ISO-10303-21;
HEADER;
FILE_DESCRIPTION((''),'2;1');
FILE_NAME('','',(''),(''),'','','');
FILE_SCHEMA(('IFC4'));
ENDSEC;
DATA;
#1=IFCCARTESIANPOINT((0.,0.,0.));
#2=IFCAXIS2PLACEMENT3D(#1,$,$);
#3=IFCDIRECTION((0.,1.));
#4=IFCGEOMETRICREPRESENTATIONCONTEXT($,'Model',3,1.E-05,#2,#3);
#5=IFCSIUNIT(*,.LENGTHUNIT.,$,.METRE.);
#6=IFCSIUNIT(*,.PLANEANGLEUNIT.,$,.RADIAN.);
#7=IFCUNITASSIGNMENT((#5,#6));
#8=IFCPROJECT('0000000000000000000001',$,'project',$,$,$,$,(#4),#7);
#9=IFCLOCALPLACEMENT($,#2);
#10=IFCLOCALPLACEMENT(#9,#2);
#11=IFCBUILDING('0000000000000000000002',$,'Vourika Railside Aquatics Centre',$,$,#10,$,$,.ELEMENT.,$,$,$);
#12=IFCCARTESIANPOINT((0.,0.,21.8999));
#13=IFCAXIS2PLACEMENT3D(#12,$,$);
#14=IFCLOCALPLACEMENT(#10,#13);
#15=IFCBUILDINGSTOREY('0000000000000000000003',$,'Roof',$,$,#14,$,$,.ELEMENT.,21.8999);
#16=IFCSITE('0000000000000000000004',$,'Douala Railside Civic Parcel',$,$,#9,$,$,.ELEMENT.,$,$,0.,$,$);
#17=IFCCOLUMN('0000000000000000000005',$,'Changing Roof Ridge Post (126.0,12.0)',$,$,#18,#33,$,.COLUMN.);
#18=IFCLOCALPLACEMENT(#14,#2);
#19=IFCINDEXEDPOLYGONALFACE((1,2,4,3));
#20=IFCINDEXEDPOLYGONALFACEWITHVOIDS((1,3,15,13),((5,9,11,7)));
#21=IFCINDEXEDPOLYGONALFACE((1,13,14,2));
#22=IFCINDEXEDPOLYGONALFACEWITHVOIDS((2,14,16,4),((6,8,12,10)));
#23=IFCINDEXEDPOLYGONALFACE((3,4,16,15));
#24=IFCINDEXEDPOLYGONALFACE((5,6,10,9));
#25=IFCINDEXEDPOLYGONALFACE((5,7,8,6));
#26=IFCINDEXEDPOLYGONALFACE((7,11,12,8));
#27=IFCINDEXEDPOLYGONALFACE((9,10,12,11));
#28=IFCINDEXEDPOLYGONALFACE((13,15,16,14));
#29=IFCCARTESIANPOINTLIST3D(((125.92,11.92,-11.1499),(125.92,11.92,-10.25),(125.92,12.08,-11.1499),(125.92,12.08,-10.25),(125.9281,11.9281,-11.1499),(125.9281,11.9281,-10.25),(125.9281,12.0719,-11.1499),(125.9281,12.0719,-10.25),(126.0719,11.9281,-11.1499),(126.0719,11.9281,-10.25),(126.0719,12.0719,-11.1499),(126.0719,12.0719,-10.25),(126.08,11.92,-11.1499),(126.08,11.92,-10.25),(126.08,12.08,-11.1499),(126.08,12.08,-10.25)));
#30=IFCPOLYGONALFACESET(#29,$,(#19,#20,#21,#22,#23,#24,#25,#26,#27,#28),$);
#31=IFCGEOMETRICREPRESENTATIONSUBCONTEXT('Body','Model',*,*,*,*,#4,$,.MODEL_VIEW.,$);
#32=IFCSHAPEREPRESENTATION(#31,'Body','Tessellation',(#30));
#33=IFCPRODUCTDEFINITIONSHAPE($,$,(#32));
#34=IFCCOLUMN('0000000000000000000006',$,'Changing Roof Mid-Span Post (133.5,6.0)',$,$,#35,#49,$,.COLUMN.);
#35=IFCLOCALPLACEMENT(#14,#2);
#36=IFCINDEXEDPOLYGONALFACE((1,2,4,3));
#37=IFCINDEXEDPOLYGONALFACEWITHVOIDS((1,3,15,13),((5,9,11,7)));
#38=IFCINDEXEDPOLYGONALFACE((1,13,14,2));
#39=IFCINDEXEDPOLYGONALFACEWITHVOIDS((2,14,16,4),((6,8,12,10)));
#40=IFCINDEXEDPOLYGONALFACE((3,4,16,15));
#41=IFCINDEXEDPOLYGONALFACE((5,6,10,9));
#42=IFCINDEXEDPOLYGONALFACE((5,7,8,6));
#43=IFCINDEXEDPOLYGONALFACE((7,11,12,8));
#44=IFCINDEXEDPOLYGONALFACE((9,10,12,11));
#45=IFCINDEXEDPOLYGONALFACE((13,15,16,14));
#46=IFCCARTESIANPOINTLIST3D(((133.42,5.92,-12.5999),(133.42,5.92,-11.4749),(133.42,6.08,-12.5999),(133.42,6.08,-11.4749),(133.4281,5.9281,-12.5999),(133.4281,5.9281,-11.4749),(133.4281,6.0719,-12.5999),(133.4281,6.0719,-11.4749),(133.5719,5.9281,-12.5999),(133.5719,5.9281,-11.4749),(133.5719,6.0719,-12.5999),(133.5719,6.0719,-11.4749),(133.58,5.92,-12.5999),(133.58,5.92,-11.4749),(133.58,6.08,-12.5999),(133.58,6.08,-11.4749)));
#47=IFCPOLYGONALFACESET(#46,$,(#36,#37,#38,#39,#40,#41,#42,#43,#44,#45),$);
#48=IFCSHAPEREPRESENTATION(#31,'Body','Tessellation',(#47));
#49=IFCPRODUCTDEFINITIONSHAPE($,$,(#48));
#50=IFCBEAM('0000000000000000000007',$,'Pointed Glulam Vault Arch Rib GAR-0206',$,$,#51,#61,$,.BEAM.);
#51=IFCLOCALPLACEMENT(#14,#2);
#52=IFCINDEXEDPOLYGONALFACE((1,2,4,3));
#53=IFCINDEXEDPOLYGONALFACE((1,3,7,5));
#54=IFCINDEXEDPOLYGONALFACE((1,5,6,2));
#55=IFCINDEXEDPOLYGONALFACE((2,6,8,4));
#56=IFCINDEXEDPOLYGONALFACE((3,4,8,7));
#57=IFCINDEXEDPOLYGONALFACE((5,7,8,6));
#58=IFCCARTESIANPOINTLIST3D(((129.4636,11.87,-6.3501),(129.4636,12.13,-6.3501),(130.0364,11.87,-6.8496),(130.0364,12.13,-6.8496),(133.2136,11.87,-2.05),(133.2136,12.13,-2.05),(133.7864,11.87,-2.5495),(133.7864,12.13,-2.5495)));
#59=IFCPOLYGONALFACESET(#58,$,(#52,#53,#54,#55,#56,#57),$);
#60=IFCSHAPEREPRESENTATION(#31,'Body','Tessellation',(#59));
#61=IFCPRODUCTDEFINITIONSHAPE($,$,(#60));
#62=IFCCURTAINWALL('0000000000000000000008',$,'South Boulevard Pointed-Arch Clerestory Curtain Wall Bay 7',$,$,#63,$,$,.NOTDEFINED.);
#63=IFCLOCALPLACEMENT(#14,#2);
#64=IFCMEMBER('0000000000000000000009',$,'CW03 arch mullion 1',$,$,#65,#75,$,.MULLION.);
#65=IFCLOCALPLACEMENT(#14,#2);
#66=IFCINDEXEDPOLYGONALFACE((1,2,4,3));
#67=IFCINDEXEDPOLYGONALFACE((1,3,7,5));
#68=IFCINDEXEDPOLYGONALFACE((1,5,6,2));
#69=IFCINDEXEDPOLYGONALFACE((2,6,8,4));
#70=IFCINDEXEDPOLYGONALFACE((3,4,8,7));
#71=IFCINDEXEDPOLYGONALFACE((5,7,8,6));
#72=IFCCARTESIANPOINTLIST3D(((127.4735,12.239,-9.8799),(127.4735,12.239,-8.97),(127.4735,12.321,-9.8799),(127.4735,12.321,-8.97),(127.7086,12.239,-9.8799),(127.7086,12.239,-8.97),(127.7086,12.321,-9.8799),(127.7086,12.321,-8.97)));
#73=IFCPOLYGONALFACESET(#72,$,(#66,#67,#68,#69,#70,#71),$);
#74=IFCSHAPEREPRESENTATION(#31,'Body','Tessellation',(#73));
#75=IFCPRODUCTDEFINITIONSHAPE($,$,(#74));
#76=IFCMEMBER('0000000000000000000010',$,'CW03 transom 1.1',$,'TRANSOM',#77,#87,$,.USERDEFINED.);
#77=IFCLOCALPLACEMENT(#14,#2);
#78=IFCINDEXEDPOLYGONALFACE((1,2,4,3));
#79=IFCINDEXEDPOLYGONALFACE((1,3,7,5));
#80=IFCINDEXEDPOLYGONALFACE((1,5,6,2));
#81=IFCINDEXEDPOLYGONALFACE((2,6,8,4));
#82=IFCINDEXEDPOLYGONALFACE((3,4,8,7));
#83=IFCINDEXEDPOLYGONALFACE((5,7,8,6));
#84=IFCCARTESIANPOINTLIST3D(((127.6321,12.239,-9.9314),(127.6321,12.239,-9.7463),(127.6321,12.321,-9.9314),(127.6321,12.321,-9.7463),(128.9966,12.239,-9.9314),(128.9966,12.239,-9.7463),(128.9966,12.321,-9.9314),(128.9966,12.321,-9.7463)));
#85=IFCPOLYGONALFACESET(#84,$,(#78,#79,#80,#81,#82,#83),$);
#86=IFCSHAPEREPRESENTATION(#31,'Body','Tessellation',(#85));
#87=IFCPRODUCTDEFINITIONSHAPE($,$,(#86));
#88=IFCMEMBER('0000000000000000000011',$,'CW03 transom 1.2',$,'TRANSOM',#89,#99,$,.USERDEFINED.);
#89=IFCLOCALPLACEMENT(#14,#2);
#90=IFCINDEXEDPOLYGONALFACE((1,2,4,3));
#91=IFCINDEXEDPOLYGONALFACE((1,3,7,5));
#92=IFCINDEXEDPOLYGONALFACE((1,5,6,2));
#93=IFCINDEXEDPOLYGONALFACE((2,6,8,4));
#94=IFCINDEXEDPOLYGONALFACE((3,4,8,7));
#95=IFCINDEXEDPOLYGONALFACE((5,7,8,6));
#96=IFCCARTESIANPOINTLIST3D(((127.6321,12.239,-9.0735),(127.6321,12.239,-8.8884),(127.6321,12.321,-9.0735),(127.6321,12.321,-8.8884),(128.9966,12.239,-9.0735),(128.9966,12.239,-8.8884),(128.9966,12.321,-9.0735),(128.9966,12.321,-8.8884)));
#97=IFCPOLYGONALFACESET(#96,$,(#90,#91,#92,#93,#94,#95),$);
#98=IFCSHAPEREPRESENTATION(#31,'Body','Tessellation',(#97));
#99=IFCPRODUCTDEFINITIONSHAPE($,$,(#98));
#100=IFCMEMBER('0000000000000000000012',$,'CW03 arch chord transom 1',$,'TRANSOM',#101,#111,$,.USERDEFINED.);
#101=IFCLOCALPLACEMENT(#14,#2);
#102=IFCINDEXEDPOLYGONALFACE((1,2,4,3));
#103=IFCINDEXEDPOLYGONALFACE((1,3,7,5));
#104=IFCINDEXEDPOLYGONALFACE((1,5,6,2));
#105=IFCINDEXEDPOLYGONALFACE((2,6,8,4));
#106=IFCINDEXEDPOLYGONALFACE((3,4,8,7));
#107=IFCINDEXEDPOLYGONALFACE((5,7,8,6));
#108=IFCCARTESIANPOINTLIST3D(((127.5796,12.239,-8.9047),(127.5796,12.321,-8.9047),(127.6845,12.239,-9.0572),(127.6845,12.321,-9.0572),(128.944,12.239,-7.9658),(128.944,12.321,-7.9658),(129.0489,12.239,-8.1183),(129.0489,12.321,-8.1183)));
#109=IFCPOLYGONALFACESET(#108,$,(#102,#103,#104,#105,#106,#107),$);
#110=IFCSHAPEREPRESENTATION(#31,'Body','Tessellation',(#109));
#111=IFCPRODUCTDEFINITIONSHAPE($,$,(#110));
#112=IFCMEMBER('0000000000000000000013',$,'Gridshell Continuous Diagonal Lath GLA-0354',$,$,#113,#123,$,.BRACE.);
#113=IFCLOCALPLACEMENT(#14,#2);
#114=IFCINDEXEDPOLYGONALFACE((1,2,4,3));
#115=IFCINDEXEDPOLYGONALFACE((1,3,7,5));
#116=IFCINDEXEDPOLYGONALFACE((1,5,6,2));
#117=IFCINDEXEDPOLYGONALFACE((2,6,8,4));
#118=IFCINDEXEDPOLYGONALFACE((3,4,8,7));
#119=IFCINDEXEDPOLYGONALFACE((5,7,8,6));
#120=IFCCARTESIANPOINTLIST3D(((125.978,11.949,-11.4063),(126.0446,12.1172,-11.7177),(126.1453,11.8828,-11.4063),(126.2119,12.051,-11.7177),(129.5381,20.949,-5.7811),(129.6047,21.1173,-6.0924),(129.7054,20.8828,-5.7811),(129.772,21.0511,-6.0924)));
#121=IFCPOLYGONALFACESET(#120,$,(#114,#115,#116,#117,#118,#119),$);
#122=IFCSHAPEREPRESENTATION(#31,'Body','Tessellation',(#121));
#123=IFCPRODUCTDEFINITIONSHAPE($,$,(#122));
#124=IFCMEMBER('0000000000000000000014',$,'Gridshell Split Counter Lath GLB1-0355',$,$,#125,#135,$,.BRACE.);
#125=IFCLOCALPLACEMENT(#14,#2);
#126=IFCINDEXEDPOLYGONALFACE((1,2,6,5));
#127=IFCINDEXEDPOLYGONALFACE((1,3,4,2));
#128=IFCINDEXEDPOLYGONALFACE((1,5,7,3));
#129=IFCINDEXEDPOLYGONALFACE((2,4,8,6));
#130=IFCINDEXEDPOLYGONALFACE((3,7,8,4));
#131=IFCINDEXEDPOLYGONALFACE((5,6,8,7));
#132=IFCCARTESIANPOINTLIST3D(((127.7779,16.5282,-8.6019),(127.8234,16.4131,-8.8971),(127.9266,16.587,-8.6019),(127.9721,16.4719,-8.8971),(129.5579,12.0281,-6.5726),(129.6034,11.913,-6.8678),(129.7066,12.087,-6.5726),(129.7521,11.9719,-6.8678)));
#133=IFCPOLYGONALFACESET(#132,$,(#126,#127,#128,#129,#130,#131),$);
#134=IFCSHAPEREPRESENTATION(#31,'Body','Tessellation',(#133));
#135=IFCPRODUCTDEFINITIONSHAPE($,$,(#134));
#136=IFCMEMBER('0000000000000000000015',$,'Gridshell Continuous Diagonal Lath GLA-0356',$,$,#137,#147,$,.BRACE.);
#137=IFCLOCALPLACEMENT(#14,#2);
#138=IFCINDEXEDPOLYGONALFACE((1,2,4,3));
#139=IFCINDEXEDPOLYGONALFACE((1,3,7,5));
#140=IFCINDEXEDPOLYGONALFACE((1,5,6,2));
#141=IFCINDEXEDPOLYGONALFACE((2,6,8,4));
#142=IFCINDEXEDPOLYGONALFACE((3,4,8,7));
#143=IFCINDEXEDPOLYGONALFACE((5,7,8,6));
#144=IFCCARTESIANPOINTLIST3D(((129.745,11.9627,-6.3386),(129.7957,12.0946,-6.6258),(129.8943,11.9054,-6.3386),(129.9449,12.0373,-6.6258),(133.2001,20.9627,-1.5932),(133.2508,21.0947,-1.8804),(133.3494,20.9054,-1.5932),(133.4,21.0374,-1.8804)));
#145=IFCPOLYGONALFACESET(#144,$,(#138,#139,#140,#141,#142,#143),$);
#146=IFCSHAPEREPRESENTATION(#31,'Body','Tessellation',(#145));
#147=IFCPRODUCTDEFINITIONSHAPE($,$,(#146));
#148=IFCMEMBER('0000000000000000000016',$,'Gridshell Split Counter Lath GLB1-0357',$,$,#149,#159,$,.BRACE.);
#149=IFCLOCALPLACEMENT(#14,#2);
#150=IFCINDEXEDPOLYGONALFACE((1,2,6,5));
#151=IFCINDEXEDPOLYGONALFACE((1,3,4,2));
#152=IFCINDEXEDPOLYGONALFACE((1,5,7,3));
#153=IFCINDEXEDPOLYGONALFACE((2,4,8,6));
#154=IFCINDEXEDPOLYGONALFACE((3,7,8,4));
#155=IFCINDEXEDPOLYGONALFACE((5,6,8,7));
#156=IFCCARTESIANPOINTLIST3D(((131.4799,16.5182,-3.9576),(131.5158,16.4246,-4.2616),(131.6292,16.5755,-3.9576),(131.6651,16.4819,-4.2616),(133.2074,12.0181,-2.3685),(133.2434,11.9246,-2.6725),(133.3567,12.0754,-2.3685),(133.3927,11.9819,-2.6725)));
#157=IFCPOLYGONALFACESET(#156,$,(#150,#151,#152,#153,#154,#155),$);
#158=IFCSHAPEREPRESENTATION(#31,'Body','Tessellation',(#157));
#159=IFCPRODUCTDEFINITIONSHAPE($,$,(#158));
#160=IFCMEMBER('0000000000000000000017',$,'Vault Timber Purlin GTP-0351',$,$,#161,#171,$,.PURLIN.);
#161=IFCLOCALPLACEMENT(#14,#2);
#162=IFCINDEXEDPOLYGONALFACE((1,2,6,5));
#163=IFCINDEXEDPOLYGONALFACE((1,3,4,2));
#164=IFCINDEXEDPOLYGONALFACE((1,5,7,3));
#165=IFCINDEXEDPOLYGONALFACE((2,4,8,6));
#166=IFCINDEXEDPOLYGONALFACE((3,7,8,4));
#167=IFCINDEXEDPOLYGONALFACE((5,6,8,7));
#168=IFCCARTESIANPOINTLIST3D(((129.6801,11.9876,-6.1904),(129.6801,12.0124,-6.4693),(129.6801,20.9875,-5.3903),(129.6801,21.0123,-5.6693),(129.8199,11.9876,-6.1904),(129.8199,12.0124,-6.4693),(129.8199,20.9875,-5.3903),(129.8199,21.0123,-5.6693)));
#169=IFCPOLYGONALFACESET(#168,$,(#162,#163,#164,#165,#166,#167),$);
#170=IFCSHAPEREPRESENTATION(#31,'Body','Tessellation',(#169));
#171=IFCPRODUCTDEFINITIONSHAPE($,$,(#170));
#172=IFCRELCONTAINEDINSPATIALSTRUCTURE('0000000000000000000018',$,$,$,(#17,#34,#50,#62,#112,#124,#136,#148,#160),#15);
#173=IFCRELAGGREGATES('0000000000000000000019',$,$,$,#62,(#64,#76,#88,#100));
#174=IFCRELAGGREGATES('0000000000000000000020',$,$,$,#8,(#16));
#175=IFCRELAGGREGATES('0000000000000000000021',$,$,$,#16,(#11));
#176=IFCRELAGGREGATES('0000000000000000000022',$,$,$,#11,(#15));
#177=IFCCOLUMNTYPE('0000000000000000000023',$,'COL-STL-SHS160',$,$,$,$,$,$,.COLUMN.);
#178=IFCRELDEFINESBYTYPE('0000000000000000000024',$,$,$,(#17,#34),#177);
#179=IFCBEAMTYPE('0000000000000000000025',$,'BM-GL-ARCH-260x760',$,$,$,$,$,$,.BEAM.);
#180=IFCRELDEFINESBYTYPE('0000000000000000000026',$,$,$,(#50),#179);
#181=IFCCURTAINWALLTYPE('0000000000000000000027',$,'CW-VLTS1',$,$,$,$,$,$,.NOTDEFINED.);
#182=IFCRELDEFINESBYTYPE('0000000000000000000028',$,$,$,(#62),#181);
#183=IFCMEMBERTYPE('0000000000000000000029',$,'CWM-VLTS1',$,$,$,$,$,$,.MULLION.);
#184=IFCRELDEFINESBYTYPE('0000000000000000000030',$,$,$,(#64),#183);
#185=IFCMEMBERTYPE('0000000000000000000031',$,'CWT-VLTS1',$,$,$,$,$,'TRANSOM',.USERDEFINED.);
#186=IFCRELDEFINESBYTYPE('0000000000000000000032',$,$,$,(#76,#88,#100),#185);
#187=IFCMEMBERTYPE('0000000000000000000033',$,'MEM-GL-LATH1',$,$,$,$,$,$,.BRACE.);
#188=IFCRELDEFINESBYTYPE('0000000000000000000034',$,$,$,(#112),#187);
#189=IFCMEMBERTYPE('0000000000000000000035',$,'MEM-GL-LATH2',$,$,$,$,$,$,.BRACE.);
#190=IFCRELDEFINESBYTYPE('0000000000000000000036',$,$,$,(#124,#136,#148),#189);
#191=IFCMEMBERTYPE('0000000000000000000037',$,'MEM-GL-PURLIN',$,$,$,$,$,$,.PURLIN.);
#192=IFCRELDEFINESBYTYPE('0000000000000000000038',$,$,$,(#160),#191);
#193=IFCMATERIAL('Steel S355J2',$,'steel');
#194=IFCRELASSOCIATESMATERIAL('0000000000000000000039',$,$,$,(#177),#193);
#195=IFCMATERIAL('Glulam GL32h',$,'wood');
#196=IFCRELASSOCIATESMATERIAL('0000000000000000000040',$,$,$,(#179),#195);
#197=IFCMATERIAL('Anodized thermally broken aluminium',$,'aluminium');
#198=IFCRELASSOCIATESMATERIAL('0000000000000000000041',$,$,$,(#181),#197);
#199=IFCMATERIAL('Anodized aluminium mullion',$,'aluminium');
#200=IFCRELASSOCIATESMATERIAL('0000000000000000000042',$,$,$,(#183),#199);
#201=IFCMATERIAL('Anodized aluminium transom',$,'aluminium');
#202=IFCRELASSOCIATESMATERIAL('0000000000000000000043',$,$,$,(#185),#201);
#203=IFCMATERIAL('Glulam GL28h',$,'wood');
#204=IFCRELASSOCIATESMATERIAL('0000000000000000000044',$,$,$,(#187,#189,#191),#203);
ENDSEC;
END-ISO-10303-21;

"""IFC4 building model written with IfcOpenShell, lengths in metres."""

from ifc_helpers import new_model, si_unit, direction, frame, origin, origin_2d, place, context, subcontext, project, spatial, rectangle, hollow_rectangle, extrude, material, material_profile, profile_set, type_object, element, aggregate, save


model = new_model("IFC4")

# Units and contexts
model_context = context("Model", 3, precision=1e-05, world=origin(), true_north=direction((0.0, 1.0)))
body_context = subcontext(model_context, "Body", "Model", "MODEL_VIEW")
ifc_project = project(units=[si_unit("LENGTHUNIT", "METRE"), si_unit("PLANEANGLEUNIT", "RADIAN")], contexts=[model_context])

# Site, building, storey
site_placement = place(None, origin())
site = spatial("IfcSite", under=ifc_project, at=site_placement, Name="Douala Railside Civic Parcel", CompositionType="ELEMENT", RefElevation=0.0)
building_placement = place(site_placement, origin())
building = spatial("IfcBuilding", under=site, at=building_placement, Name="Vourika Railside Aquatics Centre", CompositionType="ELEMENT")
storey_placement = place(building_placement, frame((0.0, 0.0, 21.8999)))
storey = spatial("IfcBuildingStorey", under=building, at=storey_placement, Name="Roof", CompositionType="ELEMENT", Elevation=21.8999)

# Columns
ifc_material_1 = material(Name="Steel S355J2", Category="steel")
ifc_material_profile_1 = material_profile(ifc_material_1, hollow_rectangle(XDim=0.1599, YDim=0.1599, WallThickness=0.0081, at=origin_2d()), Name="SHS 160x160x8")
ifc_profile_set_1 = profile_set([ifc_material_profile_1], Name="Steel S355J2")
column_type = type_object("IfcColumnType", Name="COL-STL-SHS160", PredefinedType="COLUMN", material=ifc_profile_set_1)
column_1_placement = place(storey_placement, frame((126.0, 12.0, -11.1499), z_axis=(0.0, 0.0, 1.0), x_axis=(1.0, 0.0, 0.0)))
element("IfcColumn", 1, at=column_1_placement, inside=storey, type_object=column_type, Name="Changing Roof Ridge Post (126.0,12.0)", PredefinedType="COLUMN", context=body_context, shape_type="SweptSolid", body=[
    extrude(hollow_rectangle(XDim=0.1599, YDim=0.1599, WallThickness=0.0081, at=origin_2d()), origin(), (0.0, 0.0, 1.0), 0.8999),
])
column_2_placement = place(storey_placement, frame((133.5, 6.0, -12.5999), z_axis=(0.0, 0.0, 1.0), x_axis=(1.0, 0.0, 0.0)))
element("IfcColumn", 2, at=column_2_placement, inside=storey, type_object=column_type, Name="Changing Roof Mid-Span Post (133.5,6.0)", PredefinedType="COLUMN", context=body_context, shape_type="SweptSolid", body=[
    extrude(hollow_rectangle(XDim=0.1599, YDim=0.1599, WallThickness=0.0081, at=origin_2d()), origin(), (0.0, 0.0, 1.0), 1.125),
])

# Beam
ifc_material_2 = material(Name="Glulam GL32h", Category="wood")
ifc_material_profile_2 = material_profile(ifc_material_2, rectangle(XDim=0.26, YDim=0.76, at=origin_2d()), Name="GL32h 260x760")
ifc_profile_set_2 = profile_set([ifc_material_profile_2], Name="Glulam GL32h")
beam_type = type_object("IfcBeamType", Name="BM-GL-ARCH-260x760", PredefinedType="BEAM", material=ifc_profile_set_2)
beam_placement = place(storey_placement, frame((129.75, 12.0, -6.5999), z_axis=(0.657259, 0.0, 0.753665), x_axis=(0.0, 1.0, 0.0)))
element("IfcBeam", 3, at=beam_placement, inside=storey, type_object=beam_type, Name="Pointed Glulam Vault Arch Rib GAR-0206", PredefinedType="BEAM", context=body_context, shape_type="SweptSolid", body=[
    extrude(rectangle(XDim=0.26, YDim=0.76, at=origin_2d()), origin(), (0.0, 0.0, 1.0), 5.7056),
])

# Curtain wall, members
ifc_material_3 = material(Name="Anodized thermally broken aluminium", Category="aluminium")
curtain_wall_type = type_object("IfcCurtainWallType", Name="CW-VLTS1", PredefinedType="NOTDEFINED", material=ifc_material_3)
curtain_wall_placement = place(storey_placement, origin())
curtain_wall = element("IfcCurtainWall", 4, at=curtain_wall_placement, inside=storey, type_object=curtain_wall_type, Name="South Boulevard Pointed-Arch Clerestory Curtain Wall Bay 7", PredefinedType="NOTDEFINED")
ifc_material_4 = material(Name="Anodized aluminium mullion", Category="aluminium")
ifc_material_profile_3 = material_profile(ifc_material_4, rectangle(XDim=0.082, YDim=0.2351, at=origin_2d()), Name="ALU-M 82x235")
ifc_profile_set_3 = profile_set([ifc_material_profile_3], Name="Anodized aluminium mullion")
member_type_1 = type_object("IfcMemberType", Name="CWM-VLTS1", PredefinedType="MULLION", material=ifc_profile_set_3)
member_1_placement = place(storey_placement, frame((127.5911, 12.28, -9.8799), z_axis=(0.0, 0.0, 1.0), x_axis=(0.0, 1.0, 0.0)))
member_1 = element("IfcMember", 5, at=member_1_placement, type_object=member_type_1, Name="CW03 arch mullion 1", PredefinedType="MULLION", context=body_context, shape_type="SweptSolid", body=[
    extrude(rectangle(XDim=0.082, YDim=0.2351, at=origin_2d()), origin(), (0.0, 0.0, 1.0), 0.9099),
])
ifc_material_5 = material(Name="Anodized aluminium transom", Category="aluminium")
ifc_material_profile_4 = material_profile(ifc_material_5, rectangle(XDim=0.082, YDim=0.1851, at=origin_2d()), Name="ALU-T 82x185")
ifc_profile_set_4 = profile_set([ifc_material_profile_4], Name="Anodized aluminium transom")
member_type_2 = type_object("IfcMemberType", Name="CWT-VLTS1", ElementType="TRANSOM", PredefinedType="USERDEFINED", material=ifc_profile_set_4)
member_2_placement = place(storey_placement, frame((127.6321, 12.28, -9.8389), z_axis=(1.0, 0.0, 0.0), x_axis=(0.0, 1.0, 0.0)))
member_2 = element("IfcMember", 6, at=member_2_placement, type_object=member_type_2, Name="CW03 transom 1.1", ObjectType="TRANSOM", PredefinedType="USERDEFINED", context=body_context, shape_type="SweptSolid", body=[
    extrude(rectangle(XDim=0.082, YDim=0.1851, at=origin_2d()), origin(), (0.0, 0.0, 1.0), 1.3645),
])
member_3_placement = place(storey_placement, frame((127.6321, 12.28, -8.981), z_axis=(1.0, 0.0, 0.0), x_axis=(0.0, 1.0, 0.0)))
member_3 = element("IfcMember", 7, at=member_3_placement, type_object=member_type_2, Name="CW03 transom 1.2", ObjectType="TRANSOM", PredefinedType="USERDEFINED", context=body_context, shape_type="SweptSolid", body=[
    extrude(rectangle(XDim=0.082, YDim=0.1851, at=origin_2d()), origin(), (0.0, 0.0, 1.0), 1.3645),
])
member_4_placement = place(storey_placement, frame((127.6321, 12.28, -8.981), z_axis=(0.823797, 0.0, 0.566885), x_axis=(0.0, 1.0, 0.0)))
member_4 = element("IfcMember", 8, at=member_4_placement, type_object=member_type_2, Name="CW03 arch chord transom 1", ObjectType="TRANSOM", PredefinedType="USERDEFINED", context=body_context, shape_type="SweptSolid", body=[
    extrude(rectangle(XDim=0.082, YDim=0.1851, at=origin_2d()), origin(), (0.0, 0.0, 1.0), 1.6562),
])

# Members
ifc_material_6 = material(Name="Glulam GL28h", Category="wood")
ifc_material_profile_5 = material_profile(ifc_material_6, rectangle(XDim=0.1799, YDim=0.3601, at=origin_2d()), Name="GL28h 180x360")
ifc_profile_set_5 = profile_set([ifc_material_profile_5], Name="Glulam GL28h")
member_type_3 = type_object("IfcMemberType", Name="MEM-GL-LATH1", PredefinedType="BRACE", material=ifc_profile_set_5)
member_5_placement = place(storey_placement, frame((126.095, 12.0, -11.562), z_axis=(0.318018, 0.803964, 0.5025), x_axis=(-0.929893, 0.36783, 0.0)))
element("IfcMember", 9, at=member_5_placement, inside=storey, type_object=member_type_3, Name="Gridshell Continuous Diagonal Lath GLA-0354", PredefinedType="BRACE", context=body_context, shape_type="SweptSolid", body=[
    extrude(rectangle(XDim=0.1799, YDim=0.3601, at=origin_2d()), origin(), (0.0, 0.0, 1.0), 11.1946),
])
ifc_material_profile_6 = material_profile(ifc_material_6, rectangle(XDim=0.1599, YDim=0.3201, at=origin_2d()), Name="GL28h 160x320")
ifc_profile_set_6 = profile_set([ifc_material_profile_6], Name="Glulam GL28h")
member_type_4 = type_object("IfcMemberType", Name="MEM-GL-LATH2", PredefinedType="BRACE", material=ifc_profile_set_6)
member_6_placement = place(storey_placement, frame((129.655, 12.0, -6.7202), z_axis=(-0.339213, 0.857547, -0.386715), x_axis=(-0.929893, -0.36783, 0.0)))
element("IfcMember", 10, at=member_6_placement, inside=storey, type_object=member_type_4, Name="Gridshell Split Counter Lath GLB1-0355", PredefinedType="BRACE", context=body_context, shape_type="SweptSolid", body=[
    extrude(rectangle(XDim=0.1599, YDim=0.3201, at=origin_2d()), origin(), (0.0, 0.0, 1.0), 5.2476),
])
member_7_placement = place(storey_placement, frame((129.845, 12.0, -6.4822), z_axis=(0.321551, 0.837595, 0.441632), x_axis=(-0.93357, 0.358395, 0.0)))
element("IfcMember", 11, at=member_7_placement, inside=storey, type_object=member_type_4, Name="Gridshell Continuous Diagonal Lath GLA-0356", PredefinedType="BRACE", context=body_context, shape_type="SweptSolid", body=[
    extrude(rectangle(XDim=0.1599, YDim=0.3201, at=origin_2d()), origin(), (0.0, 0.0, 1.0), 10.7451),
])
member_8_placement = place(storey_placement, frame((133.3, 12.0, -2.5205), z_axis=(-0.340375, 0.88663, -0.313101), x_axis=(-0.93357, -0.358395, 0.0)))
element("IfcMember", 12, at=member_8_placement, inside=storey, type_object=member_type_4, Name="Gridshell Split Counter Lath GLB1-0357", PredefinedType="BRACE", context=body_context, shape_type="SweptSolid", body=[
    extrude(rectangle(XDim=0.1599, YDim=0.3201, at=origin_2d()), origin(), (0.0, 0.0, 1.0), 5.0754),
])
ifc_material_profile_7 = material_profile(ifc_material_6, rectangle(XDim=0.1399, YDim=0.28, at=origin_2d()), Name="GL28h 140x280")
ifc_profile_set_7 = profile_set([ifc_material_profile_7], Name="Glulam GL28h")
member_type_5 = type_object("IfcMemberType", Name="MEM-GL-PURLIN", PredefinedType="PURLIN", material=ifc_profile_set_7)
member_9_placement = place(storey_placement, frame((129.75, 12.0, -6.3298), z_axis=(0.0, 0.996072, 0.088545), x_axis=(-1.0, 0.0, 0.0)))
element("IfcMember", 13, at=member_9_placement, inside=storey, type_object=member_type_5, Name="Vault Timber Purlin GTP-0351", PredefinedType="PURLIN", context=body_context, shape_type="SweptSolid", body=[
    extrude(rectangle(XDim=0.1399, YDim=0.28, at=origin_2d()), origin(), (0.0, 0.0, 1.0), 9.0354),
])

aggregate(curtain_wall, [member_1, member_2, member_3, member_4])

save(model, "model.ifc")
